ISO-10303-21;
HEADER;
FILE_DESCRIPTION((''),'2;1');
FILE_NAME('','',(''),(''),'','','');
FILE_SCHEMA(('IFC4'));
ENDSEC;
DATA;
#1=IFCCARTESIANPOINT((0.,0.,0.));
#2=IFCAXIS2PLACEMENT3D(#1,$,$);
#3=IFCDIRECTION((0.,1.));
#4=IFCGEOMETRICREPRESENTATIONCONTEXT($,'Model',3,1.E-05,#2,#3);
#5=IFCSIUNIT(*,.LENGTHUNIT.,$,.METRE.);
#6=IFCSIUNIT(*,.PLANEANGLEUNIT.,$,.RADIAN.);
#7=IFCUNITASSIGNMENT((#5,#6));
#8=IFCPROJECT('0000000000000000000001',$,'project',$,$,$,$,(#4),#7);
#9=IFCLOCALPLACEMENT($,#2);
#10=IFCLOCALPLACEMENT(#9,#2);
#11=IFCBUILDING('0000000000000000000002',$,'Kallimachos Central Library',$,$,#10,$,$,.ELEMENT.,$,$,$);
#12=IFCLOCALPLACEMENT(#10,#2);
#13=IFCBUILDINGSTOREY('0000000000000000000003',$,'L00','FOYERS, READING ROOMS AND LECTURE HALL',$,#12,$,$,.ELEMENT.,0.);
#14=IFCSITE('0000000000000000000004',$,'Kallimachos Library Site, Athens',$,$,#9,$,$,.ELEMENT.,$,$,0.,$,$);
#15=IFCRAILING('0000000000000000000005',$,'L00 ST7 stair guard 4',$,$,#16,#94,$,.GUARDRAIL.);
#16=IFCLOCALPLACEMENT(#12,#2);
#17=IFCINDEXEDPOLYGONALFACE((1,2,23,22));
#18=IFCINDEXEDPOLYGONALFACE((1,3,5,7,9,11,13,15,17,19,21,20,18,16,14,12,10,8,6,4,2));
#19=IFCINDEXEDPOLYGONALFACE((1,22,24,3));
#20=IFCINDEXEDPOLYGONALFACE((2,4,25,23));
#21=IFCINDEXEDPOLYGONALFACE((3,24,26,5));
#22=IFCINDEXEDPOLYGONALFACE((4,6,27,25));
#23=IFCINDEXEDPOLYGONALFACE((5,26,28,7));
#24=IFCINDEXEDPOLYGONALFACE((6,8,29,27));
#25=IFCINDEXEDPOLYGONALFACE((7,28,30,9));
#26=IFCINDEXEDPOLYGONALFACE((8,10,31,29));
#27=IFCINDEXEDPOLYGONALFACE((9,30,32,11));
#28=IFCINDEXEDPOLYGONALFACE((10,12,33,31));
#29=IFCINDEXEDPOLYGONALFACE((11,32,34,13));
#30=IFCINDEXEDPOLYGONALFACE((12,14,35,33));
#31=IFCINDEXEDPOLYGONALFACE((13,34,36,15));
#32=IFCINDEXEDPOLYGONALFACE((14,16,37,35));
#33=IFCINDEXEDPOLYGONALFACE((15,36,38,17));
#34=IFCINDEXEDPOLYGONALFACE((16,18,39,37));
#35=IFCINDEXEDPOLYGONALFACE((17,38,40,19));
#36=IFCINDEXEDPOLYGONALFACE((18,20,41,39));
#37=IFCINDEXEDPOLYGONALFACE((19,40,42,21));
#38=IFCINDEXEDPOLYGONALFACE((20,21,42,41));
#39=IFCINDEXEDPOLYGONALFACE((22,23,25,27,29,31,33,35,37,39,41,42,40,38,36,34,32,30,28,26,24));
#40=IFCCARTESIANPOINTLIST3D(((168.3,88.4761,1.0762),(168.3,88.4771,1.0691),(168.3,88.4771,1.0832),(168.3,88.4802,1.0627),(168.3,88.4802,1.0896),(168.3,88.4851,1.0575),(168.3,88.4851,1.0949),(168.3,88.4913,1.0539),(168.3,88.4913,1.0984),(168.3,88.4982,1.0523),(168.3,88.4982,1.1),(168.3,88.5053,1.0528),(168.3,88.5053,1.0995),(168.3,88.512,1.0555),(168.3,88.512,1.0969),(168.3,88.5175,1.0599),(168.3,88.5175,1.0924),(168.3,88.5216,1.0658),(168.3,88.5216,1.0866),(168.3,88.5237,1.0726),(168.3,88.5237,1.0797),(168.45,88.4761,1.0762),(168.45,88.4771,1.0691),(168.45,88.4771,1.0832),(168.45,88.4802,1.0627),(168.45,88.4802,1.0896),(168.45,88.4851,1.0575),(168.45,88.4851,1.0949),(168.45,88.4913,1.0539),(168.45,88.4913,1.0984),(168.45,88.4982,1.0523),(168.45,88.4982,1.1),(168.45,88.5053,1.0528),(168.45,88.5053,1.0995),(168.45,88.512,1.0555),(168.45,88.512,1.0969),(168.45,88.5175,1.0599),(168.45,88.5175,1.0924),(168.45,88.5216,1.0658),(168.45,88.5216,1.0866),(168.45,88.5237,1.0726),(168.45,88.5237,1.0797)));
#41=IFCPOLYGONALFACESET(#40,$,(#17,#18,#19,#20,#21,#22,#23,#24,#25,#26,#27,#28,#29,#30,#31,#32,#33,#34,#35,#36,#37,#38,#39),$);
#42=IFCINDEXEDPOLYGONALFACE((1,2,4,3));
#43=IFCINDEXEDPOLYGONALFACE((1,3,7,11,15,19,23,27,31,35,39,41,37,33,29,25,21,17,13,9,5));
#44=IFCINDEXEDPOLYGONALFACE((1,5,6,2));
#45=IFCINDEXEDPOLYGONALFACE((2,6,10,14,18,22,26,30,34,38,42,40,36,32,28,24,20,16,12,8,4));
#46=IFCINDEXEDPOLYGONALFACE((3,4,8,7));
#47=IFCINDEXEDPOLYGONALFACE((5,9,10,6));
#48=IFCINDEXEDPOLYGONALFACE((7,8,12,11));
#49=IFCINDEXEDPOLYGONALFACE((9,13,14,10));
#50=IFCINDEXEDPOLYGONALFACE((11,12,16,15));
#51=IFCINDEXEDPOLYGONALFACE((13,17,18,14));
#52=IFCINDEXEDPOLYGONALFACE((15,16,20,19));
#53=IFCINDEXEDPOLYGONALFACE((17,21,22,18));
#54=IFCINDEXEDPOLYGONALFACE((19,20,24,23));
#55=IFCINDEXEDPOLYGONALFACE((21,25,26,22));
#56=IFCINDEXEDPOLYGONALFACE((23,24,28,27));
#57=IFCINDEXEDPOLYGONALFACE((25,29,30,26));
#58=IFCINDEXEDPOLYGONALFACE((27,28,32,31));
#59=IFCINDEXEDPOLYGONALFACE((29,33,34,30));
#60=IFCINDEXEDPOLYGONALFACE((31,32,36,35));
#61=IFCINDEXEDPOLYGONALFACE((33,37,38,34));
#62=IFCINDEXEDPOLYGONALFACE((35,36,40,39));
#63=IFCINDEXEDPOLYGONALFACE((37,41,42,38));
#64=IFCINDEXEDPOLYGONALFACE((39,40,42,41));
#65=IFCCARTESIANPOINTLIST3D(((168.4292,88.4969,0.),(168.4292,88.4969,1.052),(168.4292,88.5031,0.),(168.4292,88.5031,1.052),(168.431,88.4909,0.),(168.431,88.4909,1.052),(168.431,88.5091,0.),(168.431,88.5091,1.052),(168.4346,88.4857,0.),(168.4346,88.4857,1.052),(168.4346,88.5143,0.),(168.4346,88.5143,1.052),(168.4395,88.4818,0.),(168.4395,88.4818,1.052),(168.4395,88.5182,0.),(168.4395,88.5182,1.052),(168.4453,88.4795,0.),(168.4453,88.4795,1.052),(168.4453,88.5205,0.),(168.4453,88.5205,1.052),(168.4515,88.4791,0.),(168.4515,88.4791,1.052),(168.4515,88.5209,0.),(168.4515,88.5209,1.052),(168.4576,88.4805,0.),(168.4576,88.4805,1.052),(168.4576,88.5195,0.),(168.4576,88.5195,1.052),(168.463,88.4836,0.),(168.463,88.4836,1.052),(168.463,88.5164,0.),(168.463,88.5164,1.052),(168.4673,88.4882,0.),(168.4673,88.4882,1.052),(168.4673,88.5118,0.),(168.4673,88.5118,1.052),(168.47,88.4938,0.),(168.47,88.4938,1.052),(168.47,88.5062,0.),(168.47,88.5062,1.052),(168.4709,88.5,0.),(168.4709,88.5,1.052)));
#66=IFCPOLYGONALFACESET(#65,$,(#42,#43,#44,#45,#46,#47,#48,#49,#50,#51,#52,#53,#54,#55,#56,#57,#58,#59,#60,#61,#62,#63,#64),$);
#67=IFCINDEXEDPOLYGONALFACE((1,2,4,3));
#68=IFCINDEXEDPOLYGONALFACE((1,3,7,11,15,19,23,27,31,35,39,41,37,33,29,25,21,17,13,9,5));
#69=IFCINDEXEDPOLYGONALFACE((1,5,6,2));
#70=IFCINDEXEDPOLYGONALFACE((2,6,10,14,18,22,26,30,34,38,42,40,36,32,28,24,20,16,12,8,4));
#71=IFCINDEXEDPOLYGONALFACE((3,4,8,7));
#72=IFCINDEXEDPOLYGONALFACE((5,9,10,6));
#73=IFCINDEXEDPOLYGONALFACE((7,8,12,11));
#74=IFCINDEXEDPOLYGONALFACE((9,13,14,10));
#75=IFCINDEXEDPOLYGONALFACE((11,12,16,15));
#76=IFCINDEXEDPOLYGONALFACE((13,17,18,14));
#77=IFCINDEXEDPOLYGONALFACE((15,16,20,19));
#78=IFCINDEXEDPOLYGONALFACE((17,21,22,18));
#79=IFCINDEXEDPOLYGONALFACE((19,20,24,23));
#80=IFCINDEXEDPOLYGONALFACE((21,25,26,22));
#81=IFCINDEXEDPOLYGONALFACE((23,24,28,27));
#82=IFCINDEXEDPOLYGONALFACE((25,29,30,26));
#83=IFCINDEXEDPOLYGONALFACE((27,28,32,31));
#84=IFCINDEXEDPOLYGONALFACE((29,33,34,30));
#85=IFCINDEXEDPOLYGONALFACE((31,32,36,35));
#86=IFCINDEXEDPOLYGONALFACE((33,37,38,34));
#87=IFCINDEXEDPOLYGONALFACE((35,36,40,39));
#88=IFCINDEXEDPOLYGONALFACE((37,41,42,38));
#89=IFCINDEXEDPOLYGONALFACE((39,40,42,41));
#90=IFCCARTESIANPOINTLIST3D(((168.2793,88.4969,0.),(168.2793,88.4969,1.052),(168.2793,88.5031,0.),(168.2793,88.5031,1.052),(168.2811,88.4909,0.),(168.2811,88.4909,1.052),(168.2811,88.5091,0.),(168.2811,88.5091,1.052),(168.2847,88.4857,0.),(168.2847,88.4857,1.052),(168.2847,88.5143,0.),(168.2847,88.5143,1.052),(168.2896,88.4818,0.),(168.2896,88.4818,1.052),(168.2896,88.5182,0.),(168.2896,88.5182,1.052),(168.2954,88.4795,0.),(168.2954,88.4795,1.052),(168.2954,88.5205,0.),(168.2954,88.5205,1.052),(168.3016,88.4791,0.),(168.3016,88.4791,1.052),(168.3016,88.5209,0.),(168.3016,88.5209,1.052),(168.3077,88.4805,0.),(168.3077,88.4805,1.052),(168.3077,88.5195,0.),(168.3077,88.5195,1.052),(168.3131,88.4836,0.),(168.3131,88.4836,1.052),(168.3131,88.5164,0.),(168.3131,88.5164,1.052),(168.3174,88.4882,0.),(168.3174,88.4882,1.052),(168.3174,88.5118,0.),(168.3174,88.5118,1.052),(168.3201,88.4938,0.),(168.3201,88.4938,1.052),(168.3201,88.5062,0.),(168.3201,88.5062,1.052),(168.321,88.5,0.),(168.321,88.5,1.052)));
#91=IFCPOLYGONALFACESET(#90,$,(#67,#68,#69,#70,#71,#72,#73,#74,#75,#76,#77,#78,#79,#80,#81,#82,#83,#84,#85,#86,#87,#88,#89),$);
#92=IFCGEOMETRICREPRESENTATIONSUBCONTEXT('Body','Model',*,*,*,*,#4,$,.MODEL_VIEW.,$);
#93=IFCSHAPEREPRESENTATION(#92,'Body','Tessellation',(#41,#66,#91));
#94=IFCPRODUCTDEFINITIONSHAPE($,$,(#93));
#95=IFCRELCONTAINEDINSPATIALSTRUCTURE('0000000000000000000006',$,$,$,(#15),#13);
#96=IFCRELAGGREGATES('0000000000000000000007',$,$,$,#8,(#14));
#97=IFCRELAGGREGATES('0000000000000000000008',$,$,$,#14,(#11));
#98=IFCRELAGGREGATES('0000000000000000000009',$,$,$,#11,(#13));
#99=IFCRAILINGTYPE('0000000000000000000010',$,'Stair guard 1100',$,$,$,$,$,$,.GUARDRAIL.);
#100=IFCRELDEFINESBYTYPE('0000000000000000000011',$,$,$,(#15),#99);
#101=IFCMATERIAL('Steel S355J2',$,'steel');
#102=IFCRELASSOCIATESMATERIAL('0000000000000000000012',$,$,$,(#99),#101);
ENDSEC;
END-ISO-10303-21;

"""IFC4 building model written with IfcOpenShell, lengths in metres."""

from ifc_helpers import new_model, si_unit, direction, frame, origin, origin_2d, place, context, subcontext, project, spatial, circle, extrude, material, type_object, element, save


model = new_model("IFC4")

# Units and contexts
model_context = context("Model", 3, precision=1e-05, world=origin(), true_north=direction((0.0, 1.0)))
body_context = subcontext(model_context, "Body", "Model", "MODEL_VIEW")
ifc_project = project(units=[si_unit("LENGTHUNIT", "METRE"), si_unit("PLANEANGLEUNIT", "RADIAN")], contexts=[model_context])

# Site, building, storey
site_placement = place(None, origin())
site = spatial("IfcSite", under=ifc_project, at=site_placement, Name="Kallimachos Library Site, Athens", CompositionType="ELEMENT", RefElevation=0.0)
building_placement = place(site_placement, origin())
building = spatial("IfcBuilding", under=site, at=building_placement, Name="Kallimachos Central Library", CompositionType="ELEMENT")
storey_placement = place(building_placement, origin())
storey = spatial("IfcBuildingStorey", under=building, at=storey_placement, Name="L00", Description="FOYERS, READING ROOMS AND LECTURE HALL", CompositionType="ELEMENT", Elevation=0.0)

# Railing
ifc_material_1 = material(Name="Steel S355J2", Category="steel")
railing_type_1 = type_object("IfcRailingType", Name="Stair guard 1100", PredefinedType="GUARDRAIL", material=ifc_material_1)
railing_1_placement = place(storey_placement, frame((168.45, 88.5, 0.0)))
element("IfcRailing", 1, at=railing_1_placement, inside=storey, type_object=railing_type_1, Name="L00 ST7 stair guard 4", PredefinedType="GUARDRAIL", context=body_context, shape_type="SweptSolid", body=[
    extrude(circle(Radius=0.0239, at=origin_2d()), frame((0.0, 0.0, 1.0762), z_axis=(-1.0, 0.0, 0.0), x_axis=(0.0, -1.0, 0.0)), (0.0, 0.0, 1.0), 0.1499),
    extrude(circle(Radius=0.021, at=origin_2d()), origin(), (0.0, 0.0, 1.0), 1.052),
    extrude(circle(Radius=0.021, at=origin_2d()), frame((-0.1499, 0.0, 0.0)), (0.0, 0.0, 1.0), 1.052),
])

save(model, "model.ifc")
